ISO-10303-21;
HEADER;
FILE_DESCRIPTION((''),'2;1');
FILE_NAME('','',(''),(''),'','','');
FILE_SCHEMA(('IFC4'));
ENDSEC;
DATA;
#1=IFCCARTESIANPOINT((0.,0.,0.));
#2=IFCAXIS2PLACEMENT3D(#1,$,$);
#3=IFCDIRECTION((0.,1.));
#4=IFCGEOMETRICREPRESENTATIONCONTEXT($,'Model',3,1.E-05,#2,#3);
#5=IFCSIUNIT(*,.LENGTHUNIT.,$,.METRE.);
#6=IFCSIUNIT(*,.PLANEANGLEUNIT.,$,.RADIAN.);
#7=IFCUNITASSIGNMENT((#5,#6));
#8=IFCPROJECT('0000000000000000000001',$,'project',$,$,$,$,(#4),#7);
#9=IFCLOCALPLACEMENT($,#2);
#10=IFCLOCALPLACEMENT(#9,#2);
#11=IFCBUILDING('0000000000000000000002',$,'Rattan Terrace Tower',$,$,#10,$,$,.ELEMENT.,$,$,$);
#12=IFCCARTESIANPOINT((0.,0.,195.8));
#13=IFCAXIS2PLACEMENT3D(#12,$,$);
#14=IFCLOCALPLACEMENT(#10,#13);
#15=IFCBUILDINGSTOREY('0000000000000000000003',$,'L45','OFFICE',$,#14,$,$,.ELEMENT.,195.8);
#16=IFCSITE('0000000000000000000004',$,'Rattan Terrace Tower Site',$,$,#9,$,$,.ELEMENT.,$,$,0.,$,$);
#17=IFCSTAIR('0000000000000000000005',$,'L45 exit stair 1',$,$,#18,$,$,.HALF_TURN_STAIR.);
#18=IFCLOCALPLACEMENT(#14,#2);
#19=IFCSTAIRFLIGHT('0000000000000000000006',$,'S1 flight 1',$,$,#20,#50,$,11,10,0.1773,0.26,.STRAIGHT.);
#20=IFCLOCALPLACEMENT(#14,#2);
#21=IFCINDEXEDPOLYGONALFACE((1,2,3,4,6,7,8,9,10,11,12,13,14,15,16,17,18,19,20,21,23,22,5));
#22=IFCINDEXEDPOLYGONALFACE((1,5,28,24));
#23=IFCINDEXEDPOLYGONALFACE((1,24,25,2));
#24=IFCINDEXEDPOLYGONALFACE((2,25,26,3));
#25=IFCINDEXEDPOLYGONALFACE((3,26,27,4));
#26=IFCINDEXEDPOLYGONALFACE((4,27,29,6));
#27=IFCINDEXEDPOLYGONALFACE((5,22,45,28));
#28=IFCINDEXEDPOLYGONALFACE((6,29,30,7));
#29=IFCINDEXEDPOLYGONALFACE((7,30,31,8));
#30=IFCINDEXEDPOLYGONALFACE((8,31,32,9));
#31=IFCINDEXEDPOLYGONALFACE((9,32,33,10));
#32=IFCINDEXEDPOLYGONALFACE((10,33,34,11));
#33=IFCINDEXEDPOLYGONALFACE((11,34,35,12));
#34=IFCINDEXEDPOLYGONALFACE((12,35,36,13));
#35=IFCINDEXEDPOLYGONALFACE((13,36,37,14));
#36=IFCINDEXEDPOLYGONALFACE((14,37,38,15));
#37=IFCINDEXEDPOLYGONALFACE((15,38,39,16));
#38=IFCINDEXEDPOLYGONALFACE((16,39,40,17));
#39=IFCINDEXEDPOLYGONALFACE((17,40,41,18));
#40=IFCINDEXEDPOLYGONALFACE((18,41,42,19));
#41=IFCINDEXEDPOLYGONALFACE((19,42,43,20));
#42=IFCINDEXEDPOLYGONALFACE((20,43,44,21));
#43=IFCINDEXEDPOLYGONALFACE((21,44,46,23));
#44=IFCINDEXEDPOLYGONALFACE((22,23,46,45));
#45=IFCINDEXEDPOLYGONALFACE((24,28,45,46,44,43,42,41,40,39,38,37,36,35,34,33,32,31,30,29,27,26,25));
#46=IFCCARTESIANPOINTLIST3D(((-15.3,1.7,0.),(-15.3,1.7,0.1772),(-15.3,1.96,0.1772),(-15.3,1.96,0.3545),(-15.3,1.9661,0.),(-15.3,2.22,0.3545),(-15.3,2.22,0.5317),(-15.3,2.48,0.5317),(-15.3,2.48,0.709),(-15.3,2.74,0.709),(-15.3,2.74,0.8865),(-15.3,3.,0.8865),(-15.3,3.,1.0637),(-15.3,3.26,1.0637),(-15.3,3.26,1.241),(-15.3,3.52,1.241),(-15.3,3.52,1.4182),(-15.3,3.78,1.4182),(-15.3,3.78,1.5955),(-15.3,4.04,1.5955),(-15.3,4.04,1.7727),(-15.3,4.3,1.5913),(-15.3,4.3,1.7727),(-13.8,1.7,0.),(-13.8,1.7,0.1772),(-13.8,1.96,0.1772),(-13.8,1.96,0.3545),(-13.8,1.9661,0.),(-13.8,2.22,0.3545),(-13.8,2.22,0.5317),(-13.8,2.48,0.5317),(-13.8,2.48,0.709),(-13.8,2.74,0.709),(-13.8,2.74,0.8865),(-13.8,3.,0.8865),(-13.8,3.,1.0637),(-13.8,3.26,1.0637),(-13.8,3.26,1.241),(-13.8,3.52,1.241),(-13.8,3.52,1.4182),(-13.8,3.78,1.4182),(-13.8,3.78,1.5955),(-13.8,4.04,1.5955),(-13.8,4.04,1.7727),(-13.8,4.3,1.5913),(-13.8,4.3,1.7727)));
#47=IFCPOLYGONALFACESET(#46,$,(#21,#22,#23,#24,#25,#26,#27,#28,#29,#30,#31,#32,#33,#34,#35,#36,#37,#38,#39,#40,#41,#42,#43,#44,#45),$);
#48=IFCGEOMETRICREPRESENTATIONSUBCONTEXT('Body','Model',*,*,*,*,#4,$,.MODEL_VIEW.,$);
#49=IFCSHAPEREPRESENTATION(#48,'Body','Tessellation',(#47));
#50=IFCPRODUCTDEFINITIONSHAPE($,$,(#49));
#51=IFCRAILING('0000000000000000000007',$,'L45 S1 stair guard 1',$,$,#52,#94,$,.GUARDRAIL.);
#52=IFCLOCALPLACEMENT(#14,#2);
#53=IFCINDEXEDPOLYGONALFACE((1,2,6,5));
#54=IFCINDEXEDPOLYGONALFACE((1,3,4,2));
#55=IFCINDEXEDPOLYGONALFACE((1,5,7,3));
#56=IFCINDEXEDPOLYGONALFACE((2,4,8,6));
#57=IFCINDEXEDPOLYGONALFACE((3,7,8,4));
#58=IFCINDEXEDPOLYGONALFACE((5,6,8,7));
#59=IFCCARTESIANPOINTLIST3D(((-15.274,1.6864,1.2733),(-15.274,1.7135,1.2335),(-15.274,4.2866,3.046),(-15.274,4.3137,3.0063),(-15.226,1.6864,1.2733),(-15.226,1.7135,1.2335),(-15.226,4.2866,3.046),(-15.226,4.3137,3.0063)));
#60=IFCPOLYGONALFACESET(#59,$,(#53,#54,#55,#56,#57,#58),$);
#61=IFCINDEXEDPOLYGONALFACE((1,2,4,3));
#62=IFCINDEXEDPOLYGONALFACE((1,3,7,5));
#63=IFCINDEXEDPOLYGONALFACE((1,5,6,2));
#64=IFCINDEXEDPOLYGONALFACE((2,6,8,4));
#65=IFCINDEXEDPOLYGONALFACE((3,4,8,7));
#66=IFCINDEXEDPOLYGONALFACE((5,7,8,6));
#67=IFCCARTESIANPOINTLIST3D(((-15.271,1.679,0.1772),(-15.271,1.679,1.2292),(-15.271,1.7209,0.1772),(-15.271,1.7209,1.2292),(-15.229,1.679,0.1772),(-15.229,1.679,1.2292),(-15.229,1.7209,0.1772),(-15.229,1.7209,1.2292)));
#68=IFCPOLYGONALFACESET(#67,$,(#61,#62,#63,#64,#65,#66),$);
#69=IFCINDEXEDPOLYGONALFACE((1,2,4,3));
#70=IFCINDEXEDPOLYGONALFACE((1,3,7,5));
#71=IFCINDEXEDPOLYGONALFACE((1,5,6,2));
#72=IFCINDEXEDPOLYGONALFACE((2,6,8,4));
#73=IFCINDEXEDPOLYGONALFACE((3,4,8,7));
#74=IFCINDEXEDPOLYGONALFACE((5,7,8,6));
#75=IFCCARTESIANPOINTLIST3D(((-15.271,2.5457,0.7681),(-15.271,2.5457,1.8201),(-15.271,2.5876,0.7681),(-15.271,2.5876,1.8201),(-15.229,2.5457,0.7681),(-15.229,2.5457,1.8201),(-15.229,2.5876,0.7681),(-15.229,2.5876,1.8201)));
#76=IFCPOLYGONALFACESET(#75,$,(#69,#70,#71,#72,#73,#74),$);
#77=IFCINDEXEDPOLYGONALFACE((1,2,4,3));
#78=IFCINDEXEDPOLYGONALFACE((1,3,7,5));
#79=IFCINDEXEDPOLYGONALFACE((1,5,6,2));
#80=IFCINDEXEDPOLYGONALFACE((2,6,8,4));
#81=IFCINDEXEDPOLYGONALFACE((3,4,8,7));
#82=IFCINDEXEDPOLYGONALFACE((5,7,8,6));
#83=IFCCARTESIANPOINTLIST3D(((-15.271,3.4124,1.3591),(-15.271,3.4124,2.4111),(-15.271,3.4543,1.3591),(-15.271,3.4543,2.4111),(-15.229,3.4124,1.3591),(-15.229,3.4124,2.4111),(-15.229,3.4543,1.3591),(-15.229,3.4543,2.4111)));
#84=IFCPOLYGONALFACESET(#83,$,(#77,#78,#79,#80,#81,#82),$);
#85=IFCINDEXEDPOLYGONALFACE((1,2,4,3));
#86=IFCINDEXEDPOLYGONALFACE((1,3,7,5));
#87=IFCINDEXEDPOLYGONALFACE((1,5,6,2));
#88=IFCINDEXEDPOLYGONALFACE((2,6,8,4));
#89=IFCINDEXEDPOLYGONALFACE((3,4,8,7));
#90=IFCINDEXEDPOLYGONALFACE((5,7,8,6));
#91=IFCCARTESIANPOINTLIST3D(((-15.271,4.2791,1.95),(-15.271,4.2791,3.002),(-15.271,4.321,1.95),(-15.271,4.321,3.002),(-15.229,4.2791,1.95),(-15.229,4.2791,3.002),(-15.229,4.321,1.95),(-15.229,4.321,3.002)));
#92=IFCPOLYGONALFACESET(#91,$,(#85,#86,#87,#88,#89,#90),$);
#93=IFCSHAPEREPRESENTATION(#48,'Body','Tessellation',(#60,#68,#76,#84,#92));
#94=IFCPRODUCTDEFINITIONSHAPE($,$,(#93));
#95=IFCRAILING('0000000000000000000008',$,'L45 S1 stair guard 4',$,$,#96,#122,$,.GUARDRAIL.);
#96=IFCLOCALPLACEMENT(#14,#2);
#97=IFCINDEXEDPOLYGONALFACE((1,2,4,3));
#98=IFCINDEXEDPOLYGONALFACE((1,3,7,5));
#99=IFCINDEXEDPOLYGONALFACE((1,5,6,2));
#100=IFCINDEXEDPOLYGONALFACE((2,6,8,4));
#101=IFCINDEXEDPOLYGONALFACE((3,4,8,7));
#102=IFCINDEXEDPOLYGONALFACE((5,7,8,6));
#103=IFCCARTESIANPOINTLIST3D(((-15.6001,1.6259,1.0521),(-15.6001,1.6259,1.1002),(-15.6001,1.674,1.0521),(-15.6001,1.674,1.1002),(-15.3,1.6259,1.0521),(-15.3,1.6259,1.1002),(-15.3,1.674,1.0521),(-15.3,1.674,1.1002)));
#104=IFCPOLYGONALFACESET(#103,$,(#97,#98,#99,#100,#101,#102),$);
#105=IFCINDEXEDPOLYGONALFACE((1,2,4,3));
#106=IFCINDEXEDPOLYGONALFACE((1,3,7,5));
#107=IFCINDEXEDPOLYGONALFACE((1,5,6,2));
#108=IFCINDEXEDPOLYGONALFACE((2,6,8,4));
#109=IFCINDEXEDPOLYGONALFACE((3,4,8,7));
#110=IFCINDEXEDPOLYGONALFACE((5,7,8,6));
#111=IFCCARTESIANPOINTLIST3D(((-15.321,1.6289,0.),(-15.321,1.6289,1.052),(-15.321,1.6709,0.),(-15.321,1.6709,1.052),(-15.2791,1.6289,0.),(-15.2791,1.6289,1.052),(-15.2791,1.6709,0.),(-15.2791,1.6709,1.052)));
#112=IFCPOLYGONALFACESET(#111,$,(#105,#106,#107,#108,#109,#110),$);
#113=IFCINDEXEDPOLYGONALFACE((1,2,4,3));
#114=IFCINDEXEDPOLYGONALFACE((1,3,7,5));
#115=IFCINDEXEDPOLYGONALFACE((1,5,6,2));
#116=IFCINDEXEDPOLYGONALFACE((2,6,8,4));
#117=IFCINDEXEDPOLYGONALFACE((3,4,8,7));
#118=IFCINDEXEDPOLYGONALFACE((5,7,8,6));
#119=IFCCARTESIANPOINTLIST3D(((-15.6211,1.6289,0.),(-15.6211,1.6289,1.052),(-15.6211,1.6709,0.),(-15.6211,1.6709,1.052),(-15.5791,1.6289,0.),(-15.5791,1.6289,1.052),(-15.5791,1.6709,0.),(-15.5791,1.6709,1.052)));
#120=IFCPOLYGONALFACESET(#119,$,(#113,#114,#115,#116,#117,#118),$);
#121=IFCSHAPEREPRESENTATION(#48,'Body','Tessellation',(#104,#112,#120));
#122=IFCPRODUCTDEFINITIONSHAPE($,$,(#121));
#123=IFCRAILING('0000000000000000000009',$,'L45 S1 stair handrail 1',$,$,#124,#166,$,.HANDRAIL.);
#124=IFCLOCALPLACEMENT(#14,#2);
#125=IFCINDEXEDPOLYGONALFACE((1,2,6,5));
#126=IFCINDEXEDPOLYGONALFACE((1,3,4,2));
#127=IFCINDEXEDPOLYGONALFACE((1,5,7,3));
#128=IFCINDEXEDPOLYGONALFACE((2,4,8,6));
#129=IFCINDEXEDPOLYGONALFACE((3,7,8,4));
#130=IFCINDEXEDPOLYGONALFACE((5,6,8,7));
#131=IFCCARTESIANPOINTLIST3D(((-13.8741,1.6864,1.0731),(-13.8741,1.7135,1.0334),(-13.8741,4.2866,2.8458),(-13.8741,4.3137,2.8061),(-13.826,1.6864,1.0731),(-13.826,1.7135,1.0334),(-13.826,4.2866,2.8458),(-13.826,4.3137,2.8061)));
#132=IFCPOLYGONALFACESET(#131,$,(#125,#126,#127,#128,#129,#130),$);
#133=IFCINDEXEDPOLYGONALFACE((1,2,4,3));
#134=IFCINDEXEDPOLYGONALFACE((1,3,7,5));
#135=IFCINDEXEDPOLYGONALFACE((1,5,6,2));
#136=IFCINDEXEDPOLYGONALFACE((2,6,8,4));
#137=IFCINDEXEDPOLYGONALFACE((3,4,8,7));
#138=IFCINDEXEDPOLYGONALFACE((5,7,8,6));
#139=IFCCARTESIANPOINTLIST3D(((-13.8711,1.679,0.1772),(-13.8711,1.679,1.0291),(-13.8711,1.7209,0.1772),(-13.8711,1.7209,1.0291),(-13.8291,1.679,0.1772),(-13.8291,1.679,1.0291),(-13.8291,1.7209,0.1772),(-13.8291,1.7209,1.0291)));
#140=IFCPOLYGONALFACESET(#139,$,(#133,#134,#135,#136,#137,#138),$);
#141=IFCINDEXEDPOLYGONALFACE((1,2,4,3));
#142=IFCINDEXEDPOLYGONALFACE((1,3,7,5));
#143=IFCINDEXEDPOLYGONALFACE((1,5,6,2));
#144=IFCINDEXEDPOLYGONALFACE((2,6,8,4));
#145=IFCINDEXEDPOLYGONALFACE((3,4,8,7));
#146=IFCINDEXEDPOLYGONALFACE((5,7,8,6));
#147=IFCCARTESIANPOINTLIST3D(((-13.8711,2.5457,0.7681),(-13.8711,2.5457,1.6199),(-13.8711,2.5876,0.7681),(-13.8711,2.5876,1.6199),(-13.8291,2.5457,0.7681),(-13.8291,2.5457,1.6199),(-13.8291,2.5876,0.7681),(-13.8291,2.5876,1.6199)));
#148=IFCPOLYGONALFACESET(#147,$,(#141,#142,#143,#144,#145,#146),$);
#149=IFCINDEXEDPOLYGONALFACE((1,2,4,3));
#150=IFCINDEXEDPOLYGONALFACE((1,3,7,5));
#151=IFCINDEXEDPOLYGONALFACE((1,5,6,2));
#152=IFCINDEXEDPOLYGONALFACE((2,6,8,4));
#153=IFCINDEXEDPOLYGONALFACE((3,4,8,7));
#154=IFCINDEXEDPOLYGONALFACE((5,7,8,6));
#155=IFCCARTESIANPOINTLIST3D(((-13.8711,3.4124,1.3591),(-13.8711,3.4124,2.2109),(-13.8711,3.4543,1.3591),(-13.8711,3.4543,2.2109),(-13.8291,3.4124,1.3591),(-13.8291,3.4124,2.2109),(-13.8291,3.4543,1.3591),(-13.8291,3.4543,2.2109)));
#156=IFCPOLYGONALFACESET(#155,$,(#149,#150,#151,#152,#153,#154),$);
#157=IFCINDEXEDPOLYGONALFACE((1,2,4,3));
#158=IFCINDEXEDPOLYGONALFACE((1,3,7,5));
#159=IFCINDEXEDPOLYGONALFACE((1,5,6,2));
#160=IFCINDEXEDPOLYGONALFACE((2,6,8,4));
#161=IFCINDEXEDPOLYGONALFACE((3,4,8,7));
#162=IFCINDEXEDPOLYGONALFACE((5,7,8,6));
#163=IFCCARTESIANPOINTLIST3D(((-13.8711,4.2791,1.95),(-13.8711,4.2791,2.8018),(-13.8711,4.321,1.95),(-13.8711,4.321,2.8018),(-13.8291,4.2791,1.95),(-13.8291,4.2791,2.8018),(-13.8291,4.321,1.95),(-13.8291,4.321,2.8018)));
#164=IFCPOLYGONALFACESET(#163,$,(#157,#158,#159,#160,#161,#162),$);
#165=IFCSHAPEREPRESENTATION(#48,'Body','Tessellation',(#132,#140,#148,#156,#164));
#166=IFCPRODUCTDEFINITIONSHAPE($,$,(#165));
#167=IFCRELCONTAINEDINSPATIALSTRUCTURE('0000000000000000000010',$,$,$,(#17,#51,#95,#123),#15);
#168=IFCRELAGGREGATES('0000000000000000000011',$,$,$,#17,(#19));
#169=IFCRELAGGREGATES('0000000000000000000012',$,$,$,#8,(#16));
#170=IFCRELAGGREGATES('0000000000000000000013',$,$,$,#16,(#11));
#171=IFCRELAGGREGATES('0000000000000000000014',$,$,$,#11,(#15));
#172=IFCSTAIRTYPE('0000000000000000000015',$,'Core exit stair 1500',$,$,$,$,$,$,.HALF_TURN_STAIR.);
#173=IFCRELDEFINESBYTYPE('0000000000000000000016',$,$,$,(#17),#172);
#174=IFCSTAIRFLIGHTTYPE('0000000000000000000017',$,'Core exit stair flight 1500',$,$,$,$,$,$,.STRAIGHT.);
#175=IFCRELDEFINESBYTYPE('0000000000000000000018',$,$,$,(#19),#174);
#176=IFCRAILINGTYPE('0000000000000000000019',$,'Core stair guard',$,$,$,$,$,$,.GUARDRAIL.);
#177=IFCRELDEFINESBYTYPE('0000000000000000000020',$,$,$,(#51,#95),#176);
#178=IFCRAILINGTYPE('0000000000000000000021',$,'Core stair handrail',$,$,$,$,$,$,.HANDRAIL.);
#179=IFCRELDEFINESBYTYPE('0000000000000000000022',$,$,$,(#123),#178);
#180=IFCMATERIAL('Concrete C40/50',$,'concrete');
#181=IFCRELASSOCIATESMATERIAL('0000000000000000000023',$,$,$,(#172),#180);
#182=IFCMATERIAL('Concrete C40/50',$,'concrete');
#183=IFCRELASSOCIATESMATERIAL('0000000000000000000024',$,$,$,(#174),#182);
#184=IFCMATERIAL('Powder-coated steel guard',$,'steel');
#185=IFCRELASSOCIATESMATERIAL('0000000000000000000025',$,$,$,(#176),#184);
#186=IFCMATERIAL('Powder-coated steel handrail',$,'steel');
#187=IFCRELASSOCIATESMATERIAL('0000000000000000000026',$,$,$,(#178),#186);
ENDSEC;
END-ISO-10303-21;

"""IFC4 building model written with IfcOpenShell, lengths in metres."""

from ifc_helpers import new_model, si_unit, direction, frame, origin, origin_2d, place, context, subcontext, project, spatial, polyline, rectangle, outline, extrude, material, type_object, element, aggregate, save


model = new_model("IFC4")

# Units and contexts
model_context = context("Model", 3, precision=1e-05, world=origin(), true_north=direction((0.0, 1.0)))
body_context = subcontext(model_context, "Body", "Model", "MODEL_VIEW")
ifc_project = project(units=[si_unit("LENGTHUNIT", "METRE"), si_unit("PLANEANGLEUNIT", "RADIAN")], contexts=[model_context])

# Site, building, storey
site_placement = place(None, origin())
site = spatial("IfcSite", under=ifc_project, at=site_placement, Name="Rattan Terrace Tower Site", CompositionType="ELEMENT", RefElevation=0.0)
building_placement = place(site_placement, origin())
building = spatial("IfcBuilding", under=site, at=building_placement, Name="Rattan Terrace Tower", CompositionType="ELEMENT")
storey_placement = place(building_placement, frame((0.0, 0.0, 195.8)))
storey = spatial("IfcBuildingStorey", under=building, at=storey_placement, Name="L45", Description="OFFICE", CompositionType="ELEMENT", Elevation=195.8)

# Stair
ifc_material_1 = material(Name="Concrete C40/50", Category="concrete")
stair_type = type_object("IfcStairType", Name="Core exit stair 1500", PredefinedType="HALF_TURN_STAIR", material=ifc_material_1)
stair_placement = place(storey_placement, origin())
stair = element("IfcStair", 1, at=stair_placement, inside=storey, type_object=stair_type, Name="L45 exit stair 1", PredefinedType="HALF_TURN_STAIR")

# Stair flight
ifc_material_2 = material(Name="Concrete C40/50", Category="concrete")
stair_flight_type = type_object("IfcStairFlightType", Name="Core exit stair flight 1500", PredefinedType="STRAIGHT", material=ifc_material_2)
stair_flight_placement = place(storey_placement, frame((-14.55, 1.7, 0.0), z_axis=(0.0, 0.0, 1.0), x_axis=(0.0, 1.0, 0.0)))
stair_flight = element("IfcStairFlight", 2, at=stair_flight_placement, type_object=stair_flight_type, Name="S1 flight 1", NumberOfRisers=11, NumberOfTreads=10, PredefinedType="STRAIGHT", RiserHeight=0.1773, TreadLength=0.26, context=body_context, shape_type="SweptSolid", body=[
    extrude(outline(polyline([(0.0, 0.0), (0.0, 0.1772), (0.26, 0.1772), (0.26, 0.3545), (0.52, 0.3545), (0.52, 0.5317), (0.78, 0.5317), (0.78, 0.709), (1.04, 0.709), (1.04, 0.8865), (1.3, 0.8865), (1.3, 1.0637), (1.5601, 1.0637), (1.5601, 1.241), (1.8201, 1.241), (1.8201, 1.4182), (2.0801, 1.4182), (2.0801, 1.5955), (2.3401, 1.5955), (2.3401, 1.7727), (2.6001, 1.7727), (2.6001, 1.95), (2.6001, 1.5913), (0.2661, 0.0), (0.0, 0.0)])), frame((0.0, 0.75, 0.0), z_axis=(0.0, -1.0, 0.0), x_axis=(1.0, 0.0, 0.0)), (0.0, 0.0, 1.0), 1.5),
])
aggregate(stair, [stair_flight])

# Railings
ifc_material_3 = material(Name="Powder-coated steel guard", Category="steel")
railing_type_1 = type_object("IfcRailingType", Name="Core stair guard", PredefinedType="GUARDRAIL", material=ifc_material_3)
railing_1_placement = place(storey_placement, frame((-15.25, 1.7, 0.1772)))
element("IfcRailing", 3, at=railing_1_placement, inside=storey, type_object=railing_type_1, Name="L45 S1 stair guard 1", PredefinedType="GUARDRAIL", context=body_context, shape_type="SweptSolid", body=[
    extrude(rectangle(XDim=0.0481, YDim=0.0481, at=origin_2d()), frame((0.0, 0.0, 1.0762), z_axis=(0.0, 0.82624, 0.563318), x_axis=(-1.0, 0.0, 0.0)), (0.0, 0.0, 1.0), 3.147),
    extrude(rectangle(XDim=0.042, YDim=0.042, at=origin_2d()), origin(), (0.0, 0.0, 1.0), 1.052),
    extrude(rectangle(XDim=0.042, YDim=0.042, at=origin_2d()), frame((0.0, 0.8667, 0.5908)), (0.0, 0.0, 1.0), 1.052),
    extrude(rectangle(XDim=0.042, YDim=0.042, at=origin_2d()), frame((0.0, 1.7334, 1.1819)), (0.0, 0.0, 1.0), 1.052),
    extrude(rectangle(XDim=0.042, YDim=0.042, at=origin_2d()), frame((0.0, 2.6001, 1.7727)), (0.0, 0.0, 1.0), 1.052),
])
railing_2_placement = place(storey_placement, frame((-15.3, 1.6499, 0.0)))
element("IfcRailing", 4, at=railing_2_placement, inside=storey, type_object=railing_type_1, Name="L45 S1 stair guard 4", PredefinedType="GUARDRAIL", context=body_context, shape_type="SweptSolid", body=[
    extrude(rectangle(XDim=0.0481, YDim=0.0481, at=origin_2d()), frame((0.0, 0.0, 1.0762), z_axis=(-1.0, 0.0, 0.0), x_axis=(0.0, -1.0, 0.0)), (0.0, 0.0, 1.0), 0.3),
    extrude(rectangle(XDim=0.042, YDim=0.042, at=origin_2d()), origin(), (0.0, 0.0, 1.0), 1.052),
    extrude(rectangle(XDim=0.042, YDim=0.042, at=origin_2d()), frame((-0.3, 0.0, 0.0)), (0.0, 0.0, 1.0), 1.052),
])
ifc_material_4 = material(Name="Powder-coated steel handrail", Category="steel")
railing_type_2 = type_object("IfcRailingType", Name="Core stair handrail", PredefinedType="HANDRAIL", material=ifc_material_4)
railing_3_placement = place(storey_placement, frame((-13.8501, 1.7, 0.1772)))
element("IfcRailing", 5, at=railing_3_placement, inside=storey, type_object=railing_type_2, Name="L45 S1 stair handrail 1", PredefinedType="HANDRAIL", context=body_context, shape_type="SweptSolid", body=[
    extrude(rectangle(XDim=0.0481, YDim=0.0481, at=origin_2d()), frame((0.0, 0.0, 0.876), z_axis=(0.0, 0.82624, 0.563318), x_axis=(-1.0, 0.0, 0.0)), (0.0, 0.0, 1.0), 3.147),
    extrude(rectangle(XDim=0.042, YDim=0.042, at=origin_2d()), origin(), (0.0, 0.0, 1.0), 0.8518),
    extrude(rectangle(XDim=0.042, YDim=0.042, at=origin_2d()), frame((0.0, 0.8667, 0.5908)), (0.0, 0.0, 1.0), 0.8518),
    extrude(rectangle(XDim=0.042, YDim=0.042, at=origin_2d()), frame((0.0, 1.7334, 1.1819)), (0.0, 0.0, 1.0), 0.8518),
    extrude(rectangle(XDim=0.042, YDim=0.042, at=origin_2d()), frame((0.0, 2.6001, 1.7727)), (0.0, 0.0, 1.0), 0.8518),
])

save(model, "model.ifc")
